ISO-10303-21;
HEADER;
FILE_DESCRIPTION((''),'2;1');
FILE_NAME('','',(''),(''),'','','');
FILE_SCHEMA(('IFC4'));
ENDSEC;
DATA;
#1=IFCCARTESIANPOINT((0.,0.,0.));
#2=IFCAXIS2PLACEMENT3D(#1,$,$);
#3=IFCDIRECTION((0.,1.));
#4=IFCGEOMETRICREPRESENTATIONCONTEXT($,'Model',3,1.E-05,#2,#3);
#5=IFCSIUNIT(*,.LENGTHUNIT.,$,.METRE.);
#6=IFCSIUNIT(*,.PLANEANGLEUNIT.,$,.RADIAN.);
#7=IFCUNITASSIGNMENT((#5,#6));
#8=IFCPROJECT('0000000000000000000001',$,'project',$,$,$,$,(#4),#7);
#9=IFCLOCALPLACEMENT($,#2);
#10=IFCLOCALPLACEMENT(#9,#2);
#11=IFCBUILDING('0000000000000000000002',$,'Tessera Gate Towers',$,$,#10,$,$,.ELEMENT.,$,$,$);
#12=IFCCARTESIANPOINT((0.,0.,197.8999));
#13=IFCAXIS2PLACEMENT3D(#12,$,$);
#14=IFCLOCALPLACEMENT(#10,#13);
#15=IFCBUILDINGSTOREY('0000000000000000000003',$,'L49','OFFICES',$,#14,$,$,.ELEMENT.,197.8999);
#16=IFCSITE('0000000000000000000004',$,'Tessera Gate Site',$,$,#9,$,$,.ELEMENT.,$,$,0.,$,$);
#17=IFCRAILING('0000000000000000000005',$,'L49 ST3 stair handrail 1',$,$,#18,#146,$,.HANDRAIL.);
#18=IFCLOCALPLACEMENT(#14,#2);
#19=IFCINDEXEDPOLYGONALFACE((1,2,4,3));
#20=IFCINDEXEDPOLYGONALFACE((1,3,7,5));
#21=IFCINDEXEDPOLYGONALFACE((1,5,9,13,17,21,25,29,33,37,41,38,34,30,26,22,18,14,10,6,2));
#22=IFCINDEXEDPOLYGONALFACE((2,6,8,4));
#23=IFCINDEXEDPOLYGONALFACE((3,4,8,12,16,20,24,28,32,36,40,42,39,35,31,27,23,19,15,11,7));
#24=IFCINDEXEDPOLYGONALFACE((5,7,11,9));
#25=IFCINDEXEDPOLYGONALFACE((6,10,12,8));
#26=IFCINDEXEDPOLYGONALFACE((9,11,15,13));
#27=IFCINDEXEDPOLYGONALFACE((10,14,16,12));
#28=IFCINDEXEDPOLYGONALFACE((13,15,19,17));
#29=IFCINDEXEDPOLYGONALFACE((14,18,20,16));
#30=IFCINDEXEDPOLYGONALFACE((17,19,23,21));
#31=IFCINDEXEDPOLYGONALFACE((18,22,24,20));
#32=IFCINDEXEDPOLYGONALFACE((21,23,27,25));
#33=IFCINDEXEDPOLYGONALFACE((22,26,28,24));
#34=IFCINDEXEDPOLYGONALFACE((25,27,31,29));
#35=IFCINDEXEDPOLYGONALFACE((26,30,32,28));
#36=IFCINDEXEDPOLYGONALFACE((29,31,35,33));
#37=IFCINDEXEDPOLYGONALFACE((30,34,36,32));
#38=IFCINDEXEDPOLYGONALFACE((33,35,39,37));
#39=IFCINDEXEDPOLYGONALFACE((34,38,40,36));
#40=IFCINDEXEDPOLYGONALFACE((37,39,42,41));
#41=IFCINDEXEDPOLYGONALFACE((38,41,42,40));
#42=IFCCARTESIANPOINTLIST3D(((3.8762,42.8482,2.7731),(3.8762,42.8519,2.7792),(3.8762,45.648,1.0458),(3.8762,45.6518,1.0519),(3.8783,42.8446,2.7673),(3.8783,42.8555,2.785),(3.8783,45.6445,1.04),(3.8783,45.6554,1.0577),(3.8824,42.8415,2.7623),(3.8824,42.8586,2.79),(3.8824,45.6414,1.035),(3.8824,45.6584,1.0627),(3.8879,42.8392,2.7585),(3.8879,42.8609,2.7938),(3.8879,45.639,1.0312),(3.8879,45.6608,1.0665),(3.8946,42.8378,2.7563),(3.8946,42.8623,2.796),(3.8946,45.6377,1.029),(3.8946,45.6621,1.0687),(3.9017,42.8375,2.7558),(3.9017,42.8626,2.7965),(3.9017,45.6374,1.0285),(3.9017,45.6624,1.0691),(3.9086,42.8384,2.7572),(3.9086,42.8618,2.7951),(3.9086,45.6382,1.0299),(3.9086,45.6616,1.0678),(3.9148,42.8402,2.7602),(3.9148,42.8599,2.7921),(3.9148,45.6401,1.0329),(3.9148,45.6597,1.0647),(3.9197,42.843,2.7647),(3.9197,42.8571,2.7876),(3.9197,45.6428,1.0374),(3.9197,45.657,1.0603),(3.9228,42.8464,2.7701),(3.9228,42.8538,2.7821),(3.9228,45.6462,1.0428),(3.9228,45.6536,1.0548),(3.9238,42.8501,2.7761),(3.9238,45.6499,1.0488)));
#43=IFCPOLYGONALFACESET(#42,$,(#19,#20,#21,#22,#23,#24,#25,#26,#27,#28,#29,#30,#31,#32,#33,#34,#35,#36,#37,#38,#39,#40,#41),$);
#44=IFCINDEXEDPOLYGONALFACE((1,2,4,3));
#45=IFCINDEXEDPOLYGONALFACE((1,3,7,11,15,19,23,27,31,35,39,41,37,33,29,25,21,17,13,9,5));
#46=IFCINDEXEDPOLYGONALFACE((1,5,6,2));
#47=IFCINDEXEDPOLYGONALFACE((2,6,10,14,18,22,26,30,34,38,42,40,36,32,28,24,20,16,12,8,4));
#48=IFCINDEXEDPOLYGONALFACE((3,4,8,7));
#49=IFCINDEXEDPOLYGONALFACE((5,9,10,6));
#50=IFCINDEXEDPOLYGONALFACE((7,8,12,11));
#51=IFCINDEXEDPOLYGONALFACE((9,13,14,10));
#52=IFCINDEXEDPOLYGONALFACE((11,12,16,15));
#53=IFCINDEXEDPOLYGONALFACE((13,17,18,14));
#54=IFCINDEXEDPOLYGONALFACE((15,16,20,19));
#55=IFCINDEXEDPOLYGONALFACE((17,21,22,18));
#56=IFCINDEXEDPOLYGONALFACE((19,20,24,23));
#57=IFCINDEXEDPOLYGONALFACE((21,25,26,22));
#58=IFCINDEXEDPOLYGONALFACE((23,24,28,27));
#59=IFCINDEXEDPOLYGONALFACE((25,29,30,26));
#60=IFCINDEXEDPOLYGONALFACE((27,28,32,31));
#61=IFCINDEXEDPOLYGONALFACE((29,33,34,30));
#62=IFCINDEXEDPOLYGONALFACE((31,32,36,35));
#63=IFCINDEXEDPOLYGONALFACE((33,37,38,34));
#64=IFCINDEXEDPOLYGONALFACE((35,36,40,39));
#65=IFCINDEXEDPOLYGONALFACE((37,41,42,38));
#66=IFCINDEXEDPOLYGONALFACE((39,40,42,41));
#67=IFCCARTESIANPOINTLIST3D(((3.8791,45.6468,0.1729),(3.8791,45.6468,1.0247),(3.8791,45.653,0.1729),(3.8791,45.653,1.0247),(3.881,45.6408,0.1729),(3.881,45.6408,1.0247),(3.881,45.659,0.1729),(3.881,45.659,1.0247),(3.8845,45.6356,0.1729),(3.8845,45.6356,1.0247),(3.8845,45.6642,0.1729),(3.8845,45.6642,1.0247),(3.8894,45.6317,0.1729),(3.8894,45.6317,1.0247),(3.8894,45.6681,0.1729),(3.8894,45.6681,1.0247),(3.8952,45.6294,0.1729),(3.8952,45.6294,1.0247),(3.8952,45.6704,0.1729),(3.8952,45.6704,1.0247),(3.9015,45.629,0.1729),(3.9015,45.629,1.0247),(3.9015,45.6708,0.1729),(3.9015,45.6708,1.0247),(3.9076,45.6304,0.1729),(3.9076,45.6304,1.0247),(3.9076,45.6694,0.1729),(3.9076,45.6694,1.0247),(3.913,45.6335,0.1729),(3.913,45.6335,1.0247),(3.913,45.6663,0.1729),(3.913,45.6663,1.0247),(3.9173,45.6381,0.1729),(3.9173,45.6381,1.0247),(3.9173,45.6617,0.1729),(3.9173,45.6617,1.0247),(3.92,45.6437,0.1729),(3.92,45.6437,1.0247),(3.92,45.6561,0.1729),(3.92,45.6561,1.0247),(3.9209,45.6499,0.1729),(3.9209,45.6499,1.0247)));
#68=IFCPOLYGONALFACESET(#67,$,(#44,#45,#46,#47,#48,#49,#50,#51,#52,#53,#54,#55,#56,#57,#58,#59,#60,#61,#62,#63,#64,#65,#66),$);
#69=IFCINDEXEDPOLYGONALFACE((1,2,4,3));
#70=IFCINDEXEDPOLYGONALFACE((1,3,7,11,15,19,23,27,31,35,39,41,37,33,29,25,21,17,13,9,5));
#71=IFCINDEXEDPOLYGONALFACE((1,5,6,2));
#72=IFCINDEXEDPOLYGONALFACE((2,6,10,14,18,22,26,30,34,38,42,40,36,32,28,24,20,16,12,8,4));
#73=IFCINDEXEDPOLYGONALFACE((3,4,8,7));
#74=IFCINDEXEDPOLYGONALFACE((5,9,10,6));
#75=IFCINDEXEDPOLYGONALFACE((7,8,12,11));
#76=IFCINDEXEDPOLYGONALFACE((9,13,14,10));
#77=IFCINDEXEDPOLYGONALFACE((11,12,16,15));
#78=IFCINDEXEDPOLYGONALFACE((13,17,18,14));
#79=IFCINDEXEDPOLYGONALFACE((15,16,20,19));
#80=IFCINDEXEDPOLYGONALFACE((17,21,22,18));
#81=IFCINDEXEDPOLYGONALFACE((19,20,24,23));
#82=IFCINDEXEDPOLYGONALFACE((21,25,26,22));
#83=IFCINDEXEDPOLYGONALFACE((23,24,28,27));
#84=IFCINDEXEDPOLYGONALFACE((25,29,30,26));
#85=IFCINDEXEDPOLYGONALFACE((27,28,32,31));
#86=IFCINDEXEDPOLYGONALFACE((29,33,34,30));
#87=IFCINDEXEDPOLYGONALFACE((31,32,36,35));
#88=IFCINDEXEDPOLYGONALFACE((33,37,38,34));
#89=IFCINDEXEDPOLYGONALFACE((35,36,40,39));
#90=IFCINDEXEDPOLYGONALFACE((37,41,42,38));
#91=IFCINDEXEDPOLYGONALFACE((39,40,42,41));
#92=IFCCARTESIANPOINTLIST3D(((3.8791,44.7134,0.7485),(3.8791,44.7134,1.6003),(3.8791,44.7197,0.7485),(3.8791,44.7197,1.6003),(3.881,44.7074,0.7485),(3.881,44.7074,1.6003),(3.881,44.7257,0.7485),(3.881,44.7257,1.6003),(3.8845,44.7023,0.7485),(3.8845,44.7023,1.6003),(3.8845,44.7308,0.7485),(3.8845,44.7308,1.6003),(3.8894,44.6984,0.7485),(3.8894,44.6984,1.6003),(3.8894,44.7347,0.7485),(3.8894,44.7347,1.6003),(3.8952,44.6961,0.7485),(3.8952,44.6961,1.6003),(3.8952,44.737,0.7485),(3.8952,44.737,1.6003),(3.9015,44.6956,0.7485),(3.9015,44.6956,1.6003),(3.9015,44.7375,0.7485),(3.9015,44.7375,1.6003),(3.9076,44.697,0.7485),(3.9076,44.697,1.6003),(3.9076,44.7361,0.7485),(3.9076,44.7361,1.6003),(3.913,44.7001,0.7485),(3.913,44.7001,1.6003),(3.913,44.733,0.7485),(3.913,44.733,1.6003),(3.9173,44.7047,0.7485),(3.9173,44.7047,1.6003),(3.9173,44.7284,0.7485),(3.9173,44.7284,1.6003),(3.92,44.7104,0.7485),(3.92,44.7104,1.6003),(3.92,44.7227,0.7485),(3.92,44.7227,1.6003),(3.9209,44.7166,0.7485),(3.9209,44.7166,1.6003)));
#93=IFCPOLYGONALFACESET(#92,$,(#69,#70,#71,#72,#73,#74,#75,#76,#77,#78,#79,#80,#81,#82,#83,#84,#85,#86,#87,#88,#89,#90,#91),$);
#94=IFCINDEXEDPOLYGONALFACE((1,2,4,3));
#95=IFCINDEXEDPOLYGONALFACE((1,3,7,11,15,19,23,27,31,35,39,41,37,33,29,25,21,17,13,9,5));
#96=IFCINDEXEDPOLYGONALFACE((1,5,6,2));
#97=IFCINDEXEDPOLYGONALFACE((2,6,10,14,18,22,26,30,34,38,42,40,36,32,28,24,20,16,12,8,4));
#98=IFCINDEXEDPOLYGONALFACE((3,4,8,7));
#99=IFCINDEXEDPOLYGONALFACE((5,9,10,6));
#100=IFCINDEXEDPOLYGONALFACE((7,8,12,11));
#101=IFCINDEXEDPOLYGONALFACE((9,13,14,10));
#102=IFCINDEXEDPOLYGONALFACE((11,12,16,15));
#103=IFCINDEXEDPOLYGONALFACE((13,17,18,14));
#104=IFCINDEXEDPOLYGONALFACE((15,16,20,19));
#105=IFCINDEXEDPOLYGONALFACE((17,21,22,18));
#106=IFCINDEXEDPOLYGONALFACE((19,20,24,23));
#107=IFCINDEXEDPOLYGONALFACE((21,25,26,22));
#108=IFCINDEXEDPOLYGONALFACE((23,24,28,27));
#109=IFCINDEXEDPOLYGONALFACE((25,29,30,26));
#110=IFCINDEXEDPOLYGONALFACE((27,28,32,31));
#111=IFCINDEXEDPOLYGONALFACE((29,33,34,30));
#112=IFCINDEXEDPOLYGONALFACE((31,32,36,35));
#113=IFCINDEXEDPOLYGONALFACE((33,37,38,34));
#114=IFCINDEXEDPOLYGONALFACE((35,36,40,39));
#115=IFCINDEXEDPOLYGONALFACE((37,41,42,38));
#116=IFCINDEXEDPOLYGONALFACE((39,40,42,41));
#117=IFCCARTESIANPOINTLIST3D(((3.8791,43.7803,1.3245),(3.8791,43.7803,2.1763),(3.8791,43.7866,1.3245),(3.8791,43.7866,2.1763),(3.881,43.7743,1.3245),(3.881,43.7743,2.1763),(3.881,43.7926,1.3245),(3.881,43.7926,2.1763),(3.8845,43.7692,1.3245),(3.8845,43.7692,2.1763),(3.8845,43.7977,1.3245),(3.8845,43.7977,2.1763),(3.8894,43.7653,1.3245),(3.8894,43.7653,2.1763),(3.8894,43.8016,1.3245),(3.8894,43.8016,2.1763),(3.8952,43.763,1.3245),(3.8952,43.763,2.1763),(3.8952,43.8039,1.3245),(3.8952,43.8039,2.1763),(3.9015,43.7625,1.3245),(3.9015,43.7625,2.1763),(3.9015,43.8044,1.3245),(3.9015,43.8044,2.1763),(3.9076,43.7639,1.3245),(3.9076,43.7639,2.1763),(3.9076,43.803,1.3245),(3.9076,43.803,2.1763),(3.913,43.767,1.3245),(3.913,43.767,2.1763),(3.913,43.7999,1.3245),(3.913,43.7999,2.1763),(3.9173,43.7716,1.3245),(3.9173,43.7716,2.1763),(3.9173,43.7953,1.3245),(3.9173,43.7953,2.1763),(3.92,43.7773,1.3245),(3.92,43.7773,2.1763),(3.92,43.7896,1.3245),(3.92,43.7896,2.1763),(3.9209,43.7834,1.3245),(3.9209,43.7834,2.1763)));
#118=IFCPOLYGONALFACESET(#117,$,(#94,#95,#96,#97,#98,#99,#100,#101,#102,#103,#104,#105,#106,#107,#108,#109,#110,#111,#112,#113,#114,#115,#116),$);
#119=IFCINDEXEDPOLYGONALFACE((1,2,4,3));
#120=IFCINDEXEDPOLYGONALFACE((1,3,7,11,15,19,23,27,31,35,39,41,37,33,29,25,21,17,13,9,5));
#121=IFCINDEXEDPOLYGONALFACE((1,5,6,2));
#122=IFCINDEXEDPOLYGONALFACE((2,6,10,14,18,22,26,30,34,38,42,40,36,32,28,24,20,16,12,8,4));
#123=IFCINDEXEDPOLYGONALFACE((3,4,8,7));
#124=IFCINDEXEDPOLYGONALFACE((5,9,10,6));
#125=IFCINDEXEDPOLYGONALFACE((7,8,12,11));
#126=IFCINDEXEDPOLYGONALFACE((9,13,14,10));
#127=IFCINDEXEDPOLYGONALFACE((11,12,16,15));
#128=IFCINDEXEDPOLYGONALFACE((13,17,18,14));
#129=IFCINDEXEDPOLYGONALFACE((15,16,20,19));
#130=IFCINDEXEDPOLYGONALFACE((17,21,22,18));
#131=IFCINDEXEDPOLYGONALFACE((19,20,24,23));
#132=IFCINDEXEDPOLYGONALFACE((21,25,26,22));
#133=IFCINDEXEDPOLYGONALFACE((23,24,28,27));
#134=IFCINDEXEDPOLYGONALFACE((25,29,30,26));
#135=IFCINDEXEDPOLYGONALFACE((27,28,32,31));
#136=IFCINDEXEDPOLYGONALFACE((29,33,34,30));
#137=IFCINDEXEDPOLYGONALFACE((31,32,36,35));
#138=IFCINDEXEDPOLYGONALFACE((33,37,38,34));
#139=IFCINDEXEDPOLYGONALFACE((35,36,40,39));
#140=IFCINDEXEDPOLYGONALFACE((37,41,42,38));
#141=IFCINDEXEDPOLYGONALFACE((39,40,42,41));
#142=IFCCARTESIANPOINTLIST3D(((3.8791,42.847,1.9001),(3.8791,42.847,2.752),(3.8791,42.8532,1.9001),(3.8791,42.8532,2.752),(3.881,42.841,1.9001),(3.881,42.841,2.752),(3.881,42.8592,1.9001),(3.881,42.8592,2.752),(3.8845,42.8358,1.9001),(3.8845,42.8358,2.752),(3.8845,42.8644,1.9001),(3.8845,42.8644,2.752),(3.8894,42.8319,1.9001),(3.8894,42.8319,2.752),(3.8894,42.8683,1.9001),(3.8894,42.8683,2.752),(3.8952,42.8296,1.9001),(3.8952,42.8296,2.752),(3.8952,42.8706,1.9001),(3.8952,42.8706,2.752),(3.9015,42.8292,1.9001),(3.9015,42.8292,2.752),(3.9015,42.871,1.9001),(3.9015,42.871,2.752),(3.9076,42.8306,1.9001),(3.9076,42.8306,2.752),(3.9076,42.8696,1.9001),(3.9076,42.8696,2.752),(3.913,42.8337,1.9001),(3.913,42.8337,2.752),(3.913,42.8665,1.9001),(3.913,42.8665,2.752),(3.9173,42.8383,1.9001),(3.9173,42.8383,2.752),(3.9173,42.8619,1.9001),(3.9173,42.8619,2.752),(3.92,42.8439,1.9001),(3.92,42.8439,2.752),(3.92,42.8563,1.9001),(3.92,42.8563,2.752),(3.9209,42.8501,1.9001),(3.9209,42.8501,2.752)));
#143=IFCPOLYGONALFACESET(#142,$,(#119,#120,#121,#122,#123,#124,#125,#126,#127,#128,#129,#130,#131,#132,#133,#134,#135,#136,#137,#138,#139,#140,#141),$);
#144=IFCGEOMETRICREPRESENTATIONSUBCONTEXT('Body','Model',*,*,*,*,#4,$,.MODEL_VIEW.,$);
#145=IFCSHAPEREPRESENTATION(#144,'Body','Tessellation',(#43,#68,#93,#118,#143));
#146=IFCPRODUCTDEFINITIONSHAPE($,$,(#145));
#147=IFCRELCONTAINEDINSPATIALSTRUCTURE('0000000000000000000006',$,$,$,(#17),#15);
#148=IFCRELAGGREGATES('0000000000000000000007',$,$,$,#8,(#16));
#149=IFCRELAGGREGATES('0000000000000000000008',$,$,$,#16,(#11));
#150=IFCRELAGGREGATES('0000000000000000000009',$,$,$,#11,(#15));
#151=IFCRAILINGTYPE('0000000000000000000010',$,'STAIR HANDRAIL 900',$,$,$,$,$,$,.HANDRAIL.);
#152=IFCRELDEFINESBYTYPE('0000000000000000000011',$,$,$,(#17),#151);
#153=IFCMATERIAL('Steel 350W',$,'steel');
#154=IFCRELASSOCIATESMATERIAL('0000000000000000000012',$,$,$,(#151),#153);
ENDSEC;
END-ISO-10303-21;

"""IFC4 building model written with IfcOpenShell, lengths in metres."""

from ifc_helpers import new_model, si_unit, direction, frame, origin, origin_2d, place, context, subcontext, project, spatial, circle, extrude, material, type_object, element, save


model = new_model("IFC4")

# Units and contexts
model_context = context("Model", 3, precision=1e-05, world=origin(), true_north=direction((0.0, 1.0)))
body_context = subcontext(model_context, "Body", "Model", "MODEL_VIEW")
ifc_project = project(units=[si_unit("LENGTHUNIT", "METRE"), si_unit("PLANEANGLEUNIT", "RADIAN")], contexts=[model_context])

# Site, building, storey
site_placement = place(None, origin())
site = spatial("IfcSite", under=ifc_project, at=site_placement, Name="Tessera Gate Site", CompositionType="ELEMENT", RefElevation=0.0)
building_placement = place(site_placement, origin())
building = spatial("IfcBuilding", under=site, at=building_placement, Name="Tessera Gate Towers", CompositionType="ELEMENT")
storey_placement = place(building_placement, frame((0.0, 0.0, 197.8999)))
storey = spatial("IfcBuildingStorey", under=building, at=storey_placement, Name="L49", Description="OFFICES", CompositionType="ELEMENT", Elevation=197.8999)

# Railing
ifc_material_1 = material(Name="Steel 350W", Category="steel")
railing_type_1 = type_object("IfcRailingType", Name="STAIR HANDRAIL 900", PredefinedType="HANDRAIL", material=ifc_material_1)
railing_1_placement = place(storey_placement, frame((3.8999, 45.6499, 0.1729)))
element("IfcRailing", 1, at=railing_1_placement, inside=storey, type_object=railing_type_1, Name="L49 ST3 stair handrail 1", PredefinedType="HANDRAIL", context=body_context, shape_type="SweptSolid", body=[
    extrude(circle(Radius=0.0239, at=origin_2d()), frame((0.0, 0.0, 0.876), z_axis=(0.0, -0.851069, 0.525054), x_axis=(1.0, 0.0, 0.0)), (0.0, 0.0, 1.0), 3.2898),
    extrude(circle(Radius=0.021, at=origin_2d()), origin(), (0.0, 0.0, 1.0), 0.8518),
    extrude(circle(Radius=0.021, at=origin_2d()), frame((0.0, -0.9333, 0.5757)), (0.0, 0.0, 1.0), 0.8518),
    extrude(circle(Radius=0.021, at=origin_2d()), frame((0.0, -1.8665, 1.1516)), (0.0, 0.0, 1.0), 0.8518),
    extrude(circle(Radius=0.021, at=origin_2d()), frame((0.0, -2.7998, 1.7273)), (0.0, 0.0, 1.0), 0.8518),
])

save(model, "model.ifc")
